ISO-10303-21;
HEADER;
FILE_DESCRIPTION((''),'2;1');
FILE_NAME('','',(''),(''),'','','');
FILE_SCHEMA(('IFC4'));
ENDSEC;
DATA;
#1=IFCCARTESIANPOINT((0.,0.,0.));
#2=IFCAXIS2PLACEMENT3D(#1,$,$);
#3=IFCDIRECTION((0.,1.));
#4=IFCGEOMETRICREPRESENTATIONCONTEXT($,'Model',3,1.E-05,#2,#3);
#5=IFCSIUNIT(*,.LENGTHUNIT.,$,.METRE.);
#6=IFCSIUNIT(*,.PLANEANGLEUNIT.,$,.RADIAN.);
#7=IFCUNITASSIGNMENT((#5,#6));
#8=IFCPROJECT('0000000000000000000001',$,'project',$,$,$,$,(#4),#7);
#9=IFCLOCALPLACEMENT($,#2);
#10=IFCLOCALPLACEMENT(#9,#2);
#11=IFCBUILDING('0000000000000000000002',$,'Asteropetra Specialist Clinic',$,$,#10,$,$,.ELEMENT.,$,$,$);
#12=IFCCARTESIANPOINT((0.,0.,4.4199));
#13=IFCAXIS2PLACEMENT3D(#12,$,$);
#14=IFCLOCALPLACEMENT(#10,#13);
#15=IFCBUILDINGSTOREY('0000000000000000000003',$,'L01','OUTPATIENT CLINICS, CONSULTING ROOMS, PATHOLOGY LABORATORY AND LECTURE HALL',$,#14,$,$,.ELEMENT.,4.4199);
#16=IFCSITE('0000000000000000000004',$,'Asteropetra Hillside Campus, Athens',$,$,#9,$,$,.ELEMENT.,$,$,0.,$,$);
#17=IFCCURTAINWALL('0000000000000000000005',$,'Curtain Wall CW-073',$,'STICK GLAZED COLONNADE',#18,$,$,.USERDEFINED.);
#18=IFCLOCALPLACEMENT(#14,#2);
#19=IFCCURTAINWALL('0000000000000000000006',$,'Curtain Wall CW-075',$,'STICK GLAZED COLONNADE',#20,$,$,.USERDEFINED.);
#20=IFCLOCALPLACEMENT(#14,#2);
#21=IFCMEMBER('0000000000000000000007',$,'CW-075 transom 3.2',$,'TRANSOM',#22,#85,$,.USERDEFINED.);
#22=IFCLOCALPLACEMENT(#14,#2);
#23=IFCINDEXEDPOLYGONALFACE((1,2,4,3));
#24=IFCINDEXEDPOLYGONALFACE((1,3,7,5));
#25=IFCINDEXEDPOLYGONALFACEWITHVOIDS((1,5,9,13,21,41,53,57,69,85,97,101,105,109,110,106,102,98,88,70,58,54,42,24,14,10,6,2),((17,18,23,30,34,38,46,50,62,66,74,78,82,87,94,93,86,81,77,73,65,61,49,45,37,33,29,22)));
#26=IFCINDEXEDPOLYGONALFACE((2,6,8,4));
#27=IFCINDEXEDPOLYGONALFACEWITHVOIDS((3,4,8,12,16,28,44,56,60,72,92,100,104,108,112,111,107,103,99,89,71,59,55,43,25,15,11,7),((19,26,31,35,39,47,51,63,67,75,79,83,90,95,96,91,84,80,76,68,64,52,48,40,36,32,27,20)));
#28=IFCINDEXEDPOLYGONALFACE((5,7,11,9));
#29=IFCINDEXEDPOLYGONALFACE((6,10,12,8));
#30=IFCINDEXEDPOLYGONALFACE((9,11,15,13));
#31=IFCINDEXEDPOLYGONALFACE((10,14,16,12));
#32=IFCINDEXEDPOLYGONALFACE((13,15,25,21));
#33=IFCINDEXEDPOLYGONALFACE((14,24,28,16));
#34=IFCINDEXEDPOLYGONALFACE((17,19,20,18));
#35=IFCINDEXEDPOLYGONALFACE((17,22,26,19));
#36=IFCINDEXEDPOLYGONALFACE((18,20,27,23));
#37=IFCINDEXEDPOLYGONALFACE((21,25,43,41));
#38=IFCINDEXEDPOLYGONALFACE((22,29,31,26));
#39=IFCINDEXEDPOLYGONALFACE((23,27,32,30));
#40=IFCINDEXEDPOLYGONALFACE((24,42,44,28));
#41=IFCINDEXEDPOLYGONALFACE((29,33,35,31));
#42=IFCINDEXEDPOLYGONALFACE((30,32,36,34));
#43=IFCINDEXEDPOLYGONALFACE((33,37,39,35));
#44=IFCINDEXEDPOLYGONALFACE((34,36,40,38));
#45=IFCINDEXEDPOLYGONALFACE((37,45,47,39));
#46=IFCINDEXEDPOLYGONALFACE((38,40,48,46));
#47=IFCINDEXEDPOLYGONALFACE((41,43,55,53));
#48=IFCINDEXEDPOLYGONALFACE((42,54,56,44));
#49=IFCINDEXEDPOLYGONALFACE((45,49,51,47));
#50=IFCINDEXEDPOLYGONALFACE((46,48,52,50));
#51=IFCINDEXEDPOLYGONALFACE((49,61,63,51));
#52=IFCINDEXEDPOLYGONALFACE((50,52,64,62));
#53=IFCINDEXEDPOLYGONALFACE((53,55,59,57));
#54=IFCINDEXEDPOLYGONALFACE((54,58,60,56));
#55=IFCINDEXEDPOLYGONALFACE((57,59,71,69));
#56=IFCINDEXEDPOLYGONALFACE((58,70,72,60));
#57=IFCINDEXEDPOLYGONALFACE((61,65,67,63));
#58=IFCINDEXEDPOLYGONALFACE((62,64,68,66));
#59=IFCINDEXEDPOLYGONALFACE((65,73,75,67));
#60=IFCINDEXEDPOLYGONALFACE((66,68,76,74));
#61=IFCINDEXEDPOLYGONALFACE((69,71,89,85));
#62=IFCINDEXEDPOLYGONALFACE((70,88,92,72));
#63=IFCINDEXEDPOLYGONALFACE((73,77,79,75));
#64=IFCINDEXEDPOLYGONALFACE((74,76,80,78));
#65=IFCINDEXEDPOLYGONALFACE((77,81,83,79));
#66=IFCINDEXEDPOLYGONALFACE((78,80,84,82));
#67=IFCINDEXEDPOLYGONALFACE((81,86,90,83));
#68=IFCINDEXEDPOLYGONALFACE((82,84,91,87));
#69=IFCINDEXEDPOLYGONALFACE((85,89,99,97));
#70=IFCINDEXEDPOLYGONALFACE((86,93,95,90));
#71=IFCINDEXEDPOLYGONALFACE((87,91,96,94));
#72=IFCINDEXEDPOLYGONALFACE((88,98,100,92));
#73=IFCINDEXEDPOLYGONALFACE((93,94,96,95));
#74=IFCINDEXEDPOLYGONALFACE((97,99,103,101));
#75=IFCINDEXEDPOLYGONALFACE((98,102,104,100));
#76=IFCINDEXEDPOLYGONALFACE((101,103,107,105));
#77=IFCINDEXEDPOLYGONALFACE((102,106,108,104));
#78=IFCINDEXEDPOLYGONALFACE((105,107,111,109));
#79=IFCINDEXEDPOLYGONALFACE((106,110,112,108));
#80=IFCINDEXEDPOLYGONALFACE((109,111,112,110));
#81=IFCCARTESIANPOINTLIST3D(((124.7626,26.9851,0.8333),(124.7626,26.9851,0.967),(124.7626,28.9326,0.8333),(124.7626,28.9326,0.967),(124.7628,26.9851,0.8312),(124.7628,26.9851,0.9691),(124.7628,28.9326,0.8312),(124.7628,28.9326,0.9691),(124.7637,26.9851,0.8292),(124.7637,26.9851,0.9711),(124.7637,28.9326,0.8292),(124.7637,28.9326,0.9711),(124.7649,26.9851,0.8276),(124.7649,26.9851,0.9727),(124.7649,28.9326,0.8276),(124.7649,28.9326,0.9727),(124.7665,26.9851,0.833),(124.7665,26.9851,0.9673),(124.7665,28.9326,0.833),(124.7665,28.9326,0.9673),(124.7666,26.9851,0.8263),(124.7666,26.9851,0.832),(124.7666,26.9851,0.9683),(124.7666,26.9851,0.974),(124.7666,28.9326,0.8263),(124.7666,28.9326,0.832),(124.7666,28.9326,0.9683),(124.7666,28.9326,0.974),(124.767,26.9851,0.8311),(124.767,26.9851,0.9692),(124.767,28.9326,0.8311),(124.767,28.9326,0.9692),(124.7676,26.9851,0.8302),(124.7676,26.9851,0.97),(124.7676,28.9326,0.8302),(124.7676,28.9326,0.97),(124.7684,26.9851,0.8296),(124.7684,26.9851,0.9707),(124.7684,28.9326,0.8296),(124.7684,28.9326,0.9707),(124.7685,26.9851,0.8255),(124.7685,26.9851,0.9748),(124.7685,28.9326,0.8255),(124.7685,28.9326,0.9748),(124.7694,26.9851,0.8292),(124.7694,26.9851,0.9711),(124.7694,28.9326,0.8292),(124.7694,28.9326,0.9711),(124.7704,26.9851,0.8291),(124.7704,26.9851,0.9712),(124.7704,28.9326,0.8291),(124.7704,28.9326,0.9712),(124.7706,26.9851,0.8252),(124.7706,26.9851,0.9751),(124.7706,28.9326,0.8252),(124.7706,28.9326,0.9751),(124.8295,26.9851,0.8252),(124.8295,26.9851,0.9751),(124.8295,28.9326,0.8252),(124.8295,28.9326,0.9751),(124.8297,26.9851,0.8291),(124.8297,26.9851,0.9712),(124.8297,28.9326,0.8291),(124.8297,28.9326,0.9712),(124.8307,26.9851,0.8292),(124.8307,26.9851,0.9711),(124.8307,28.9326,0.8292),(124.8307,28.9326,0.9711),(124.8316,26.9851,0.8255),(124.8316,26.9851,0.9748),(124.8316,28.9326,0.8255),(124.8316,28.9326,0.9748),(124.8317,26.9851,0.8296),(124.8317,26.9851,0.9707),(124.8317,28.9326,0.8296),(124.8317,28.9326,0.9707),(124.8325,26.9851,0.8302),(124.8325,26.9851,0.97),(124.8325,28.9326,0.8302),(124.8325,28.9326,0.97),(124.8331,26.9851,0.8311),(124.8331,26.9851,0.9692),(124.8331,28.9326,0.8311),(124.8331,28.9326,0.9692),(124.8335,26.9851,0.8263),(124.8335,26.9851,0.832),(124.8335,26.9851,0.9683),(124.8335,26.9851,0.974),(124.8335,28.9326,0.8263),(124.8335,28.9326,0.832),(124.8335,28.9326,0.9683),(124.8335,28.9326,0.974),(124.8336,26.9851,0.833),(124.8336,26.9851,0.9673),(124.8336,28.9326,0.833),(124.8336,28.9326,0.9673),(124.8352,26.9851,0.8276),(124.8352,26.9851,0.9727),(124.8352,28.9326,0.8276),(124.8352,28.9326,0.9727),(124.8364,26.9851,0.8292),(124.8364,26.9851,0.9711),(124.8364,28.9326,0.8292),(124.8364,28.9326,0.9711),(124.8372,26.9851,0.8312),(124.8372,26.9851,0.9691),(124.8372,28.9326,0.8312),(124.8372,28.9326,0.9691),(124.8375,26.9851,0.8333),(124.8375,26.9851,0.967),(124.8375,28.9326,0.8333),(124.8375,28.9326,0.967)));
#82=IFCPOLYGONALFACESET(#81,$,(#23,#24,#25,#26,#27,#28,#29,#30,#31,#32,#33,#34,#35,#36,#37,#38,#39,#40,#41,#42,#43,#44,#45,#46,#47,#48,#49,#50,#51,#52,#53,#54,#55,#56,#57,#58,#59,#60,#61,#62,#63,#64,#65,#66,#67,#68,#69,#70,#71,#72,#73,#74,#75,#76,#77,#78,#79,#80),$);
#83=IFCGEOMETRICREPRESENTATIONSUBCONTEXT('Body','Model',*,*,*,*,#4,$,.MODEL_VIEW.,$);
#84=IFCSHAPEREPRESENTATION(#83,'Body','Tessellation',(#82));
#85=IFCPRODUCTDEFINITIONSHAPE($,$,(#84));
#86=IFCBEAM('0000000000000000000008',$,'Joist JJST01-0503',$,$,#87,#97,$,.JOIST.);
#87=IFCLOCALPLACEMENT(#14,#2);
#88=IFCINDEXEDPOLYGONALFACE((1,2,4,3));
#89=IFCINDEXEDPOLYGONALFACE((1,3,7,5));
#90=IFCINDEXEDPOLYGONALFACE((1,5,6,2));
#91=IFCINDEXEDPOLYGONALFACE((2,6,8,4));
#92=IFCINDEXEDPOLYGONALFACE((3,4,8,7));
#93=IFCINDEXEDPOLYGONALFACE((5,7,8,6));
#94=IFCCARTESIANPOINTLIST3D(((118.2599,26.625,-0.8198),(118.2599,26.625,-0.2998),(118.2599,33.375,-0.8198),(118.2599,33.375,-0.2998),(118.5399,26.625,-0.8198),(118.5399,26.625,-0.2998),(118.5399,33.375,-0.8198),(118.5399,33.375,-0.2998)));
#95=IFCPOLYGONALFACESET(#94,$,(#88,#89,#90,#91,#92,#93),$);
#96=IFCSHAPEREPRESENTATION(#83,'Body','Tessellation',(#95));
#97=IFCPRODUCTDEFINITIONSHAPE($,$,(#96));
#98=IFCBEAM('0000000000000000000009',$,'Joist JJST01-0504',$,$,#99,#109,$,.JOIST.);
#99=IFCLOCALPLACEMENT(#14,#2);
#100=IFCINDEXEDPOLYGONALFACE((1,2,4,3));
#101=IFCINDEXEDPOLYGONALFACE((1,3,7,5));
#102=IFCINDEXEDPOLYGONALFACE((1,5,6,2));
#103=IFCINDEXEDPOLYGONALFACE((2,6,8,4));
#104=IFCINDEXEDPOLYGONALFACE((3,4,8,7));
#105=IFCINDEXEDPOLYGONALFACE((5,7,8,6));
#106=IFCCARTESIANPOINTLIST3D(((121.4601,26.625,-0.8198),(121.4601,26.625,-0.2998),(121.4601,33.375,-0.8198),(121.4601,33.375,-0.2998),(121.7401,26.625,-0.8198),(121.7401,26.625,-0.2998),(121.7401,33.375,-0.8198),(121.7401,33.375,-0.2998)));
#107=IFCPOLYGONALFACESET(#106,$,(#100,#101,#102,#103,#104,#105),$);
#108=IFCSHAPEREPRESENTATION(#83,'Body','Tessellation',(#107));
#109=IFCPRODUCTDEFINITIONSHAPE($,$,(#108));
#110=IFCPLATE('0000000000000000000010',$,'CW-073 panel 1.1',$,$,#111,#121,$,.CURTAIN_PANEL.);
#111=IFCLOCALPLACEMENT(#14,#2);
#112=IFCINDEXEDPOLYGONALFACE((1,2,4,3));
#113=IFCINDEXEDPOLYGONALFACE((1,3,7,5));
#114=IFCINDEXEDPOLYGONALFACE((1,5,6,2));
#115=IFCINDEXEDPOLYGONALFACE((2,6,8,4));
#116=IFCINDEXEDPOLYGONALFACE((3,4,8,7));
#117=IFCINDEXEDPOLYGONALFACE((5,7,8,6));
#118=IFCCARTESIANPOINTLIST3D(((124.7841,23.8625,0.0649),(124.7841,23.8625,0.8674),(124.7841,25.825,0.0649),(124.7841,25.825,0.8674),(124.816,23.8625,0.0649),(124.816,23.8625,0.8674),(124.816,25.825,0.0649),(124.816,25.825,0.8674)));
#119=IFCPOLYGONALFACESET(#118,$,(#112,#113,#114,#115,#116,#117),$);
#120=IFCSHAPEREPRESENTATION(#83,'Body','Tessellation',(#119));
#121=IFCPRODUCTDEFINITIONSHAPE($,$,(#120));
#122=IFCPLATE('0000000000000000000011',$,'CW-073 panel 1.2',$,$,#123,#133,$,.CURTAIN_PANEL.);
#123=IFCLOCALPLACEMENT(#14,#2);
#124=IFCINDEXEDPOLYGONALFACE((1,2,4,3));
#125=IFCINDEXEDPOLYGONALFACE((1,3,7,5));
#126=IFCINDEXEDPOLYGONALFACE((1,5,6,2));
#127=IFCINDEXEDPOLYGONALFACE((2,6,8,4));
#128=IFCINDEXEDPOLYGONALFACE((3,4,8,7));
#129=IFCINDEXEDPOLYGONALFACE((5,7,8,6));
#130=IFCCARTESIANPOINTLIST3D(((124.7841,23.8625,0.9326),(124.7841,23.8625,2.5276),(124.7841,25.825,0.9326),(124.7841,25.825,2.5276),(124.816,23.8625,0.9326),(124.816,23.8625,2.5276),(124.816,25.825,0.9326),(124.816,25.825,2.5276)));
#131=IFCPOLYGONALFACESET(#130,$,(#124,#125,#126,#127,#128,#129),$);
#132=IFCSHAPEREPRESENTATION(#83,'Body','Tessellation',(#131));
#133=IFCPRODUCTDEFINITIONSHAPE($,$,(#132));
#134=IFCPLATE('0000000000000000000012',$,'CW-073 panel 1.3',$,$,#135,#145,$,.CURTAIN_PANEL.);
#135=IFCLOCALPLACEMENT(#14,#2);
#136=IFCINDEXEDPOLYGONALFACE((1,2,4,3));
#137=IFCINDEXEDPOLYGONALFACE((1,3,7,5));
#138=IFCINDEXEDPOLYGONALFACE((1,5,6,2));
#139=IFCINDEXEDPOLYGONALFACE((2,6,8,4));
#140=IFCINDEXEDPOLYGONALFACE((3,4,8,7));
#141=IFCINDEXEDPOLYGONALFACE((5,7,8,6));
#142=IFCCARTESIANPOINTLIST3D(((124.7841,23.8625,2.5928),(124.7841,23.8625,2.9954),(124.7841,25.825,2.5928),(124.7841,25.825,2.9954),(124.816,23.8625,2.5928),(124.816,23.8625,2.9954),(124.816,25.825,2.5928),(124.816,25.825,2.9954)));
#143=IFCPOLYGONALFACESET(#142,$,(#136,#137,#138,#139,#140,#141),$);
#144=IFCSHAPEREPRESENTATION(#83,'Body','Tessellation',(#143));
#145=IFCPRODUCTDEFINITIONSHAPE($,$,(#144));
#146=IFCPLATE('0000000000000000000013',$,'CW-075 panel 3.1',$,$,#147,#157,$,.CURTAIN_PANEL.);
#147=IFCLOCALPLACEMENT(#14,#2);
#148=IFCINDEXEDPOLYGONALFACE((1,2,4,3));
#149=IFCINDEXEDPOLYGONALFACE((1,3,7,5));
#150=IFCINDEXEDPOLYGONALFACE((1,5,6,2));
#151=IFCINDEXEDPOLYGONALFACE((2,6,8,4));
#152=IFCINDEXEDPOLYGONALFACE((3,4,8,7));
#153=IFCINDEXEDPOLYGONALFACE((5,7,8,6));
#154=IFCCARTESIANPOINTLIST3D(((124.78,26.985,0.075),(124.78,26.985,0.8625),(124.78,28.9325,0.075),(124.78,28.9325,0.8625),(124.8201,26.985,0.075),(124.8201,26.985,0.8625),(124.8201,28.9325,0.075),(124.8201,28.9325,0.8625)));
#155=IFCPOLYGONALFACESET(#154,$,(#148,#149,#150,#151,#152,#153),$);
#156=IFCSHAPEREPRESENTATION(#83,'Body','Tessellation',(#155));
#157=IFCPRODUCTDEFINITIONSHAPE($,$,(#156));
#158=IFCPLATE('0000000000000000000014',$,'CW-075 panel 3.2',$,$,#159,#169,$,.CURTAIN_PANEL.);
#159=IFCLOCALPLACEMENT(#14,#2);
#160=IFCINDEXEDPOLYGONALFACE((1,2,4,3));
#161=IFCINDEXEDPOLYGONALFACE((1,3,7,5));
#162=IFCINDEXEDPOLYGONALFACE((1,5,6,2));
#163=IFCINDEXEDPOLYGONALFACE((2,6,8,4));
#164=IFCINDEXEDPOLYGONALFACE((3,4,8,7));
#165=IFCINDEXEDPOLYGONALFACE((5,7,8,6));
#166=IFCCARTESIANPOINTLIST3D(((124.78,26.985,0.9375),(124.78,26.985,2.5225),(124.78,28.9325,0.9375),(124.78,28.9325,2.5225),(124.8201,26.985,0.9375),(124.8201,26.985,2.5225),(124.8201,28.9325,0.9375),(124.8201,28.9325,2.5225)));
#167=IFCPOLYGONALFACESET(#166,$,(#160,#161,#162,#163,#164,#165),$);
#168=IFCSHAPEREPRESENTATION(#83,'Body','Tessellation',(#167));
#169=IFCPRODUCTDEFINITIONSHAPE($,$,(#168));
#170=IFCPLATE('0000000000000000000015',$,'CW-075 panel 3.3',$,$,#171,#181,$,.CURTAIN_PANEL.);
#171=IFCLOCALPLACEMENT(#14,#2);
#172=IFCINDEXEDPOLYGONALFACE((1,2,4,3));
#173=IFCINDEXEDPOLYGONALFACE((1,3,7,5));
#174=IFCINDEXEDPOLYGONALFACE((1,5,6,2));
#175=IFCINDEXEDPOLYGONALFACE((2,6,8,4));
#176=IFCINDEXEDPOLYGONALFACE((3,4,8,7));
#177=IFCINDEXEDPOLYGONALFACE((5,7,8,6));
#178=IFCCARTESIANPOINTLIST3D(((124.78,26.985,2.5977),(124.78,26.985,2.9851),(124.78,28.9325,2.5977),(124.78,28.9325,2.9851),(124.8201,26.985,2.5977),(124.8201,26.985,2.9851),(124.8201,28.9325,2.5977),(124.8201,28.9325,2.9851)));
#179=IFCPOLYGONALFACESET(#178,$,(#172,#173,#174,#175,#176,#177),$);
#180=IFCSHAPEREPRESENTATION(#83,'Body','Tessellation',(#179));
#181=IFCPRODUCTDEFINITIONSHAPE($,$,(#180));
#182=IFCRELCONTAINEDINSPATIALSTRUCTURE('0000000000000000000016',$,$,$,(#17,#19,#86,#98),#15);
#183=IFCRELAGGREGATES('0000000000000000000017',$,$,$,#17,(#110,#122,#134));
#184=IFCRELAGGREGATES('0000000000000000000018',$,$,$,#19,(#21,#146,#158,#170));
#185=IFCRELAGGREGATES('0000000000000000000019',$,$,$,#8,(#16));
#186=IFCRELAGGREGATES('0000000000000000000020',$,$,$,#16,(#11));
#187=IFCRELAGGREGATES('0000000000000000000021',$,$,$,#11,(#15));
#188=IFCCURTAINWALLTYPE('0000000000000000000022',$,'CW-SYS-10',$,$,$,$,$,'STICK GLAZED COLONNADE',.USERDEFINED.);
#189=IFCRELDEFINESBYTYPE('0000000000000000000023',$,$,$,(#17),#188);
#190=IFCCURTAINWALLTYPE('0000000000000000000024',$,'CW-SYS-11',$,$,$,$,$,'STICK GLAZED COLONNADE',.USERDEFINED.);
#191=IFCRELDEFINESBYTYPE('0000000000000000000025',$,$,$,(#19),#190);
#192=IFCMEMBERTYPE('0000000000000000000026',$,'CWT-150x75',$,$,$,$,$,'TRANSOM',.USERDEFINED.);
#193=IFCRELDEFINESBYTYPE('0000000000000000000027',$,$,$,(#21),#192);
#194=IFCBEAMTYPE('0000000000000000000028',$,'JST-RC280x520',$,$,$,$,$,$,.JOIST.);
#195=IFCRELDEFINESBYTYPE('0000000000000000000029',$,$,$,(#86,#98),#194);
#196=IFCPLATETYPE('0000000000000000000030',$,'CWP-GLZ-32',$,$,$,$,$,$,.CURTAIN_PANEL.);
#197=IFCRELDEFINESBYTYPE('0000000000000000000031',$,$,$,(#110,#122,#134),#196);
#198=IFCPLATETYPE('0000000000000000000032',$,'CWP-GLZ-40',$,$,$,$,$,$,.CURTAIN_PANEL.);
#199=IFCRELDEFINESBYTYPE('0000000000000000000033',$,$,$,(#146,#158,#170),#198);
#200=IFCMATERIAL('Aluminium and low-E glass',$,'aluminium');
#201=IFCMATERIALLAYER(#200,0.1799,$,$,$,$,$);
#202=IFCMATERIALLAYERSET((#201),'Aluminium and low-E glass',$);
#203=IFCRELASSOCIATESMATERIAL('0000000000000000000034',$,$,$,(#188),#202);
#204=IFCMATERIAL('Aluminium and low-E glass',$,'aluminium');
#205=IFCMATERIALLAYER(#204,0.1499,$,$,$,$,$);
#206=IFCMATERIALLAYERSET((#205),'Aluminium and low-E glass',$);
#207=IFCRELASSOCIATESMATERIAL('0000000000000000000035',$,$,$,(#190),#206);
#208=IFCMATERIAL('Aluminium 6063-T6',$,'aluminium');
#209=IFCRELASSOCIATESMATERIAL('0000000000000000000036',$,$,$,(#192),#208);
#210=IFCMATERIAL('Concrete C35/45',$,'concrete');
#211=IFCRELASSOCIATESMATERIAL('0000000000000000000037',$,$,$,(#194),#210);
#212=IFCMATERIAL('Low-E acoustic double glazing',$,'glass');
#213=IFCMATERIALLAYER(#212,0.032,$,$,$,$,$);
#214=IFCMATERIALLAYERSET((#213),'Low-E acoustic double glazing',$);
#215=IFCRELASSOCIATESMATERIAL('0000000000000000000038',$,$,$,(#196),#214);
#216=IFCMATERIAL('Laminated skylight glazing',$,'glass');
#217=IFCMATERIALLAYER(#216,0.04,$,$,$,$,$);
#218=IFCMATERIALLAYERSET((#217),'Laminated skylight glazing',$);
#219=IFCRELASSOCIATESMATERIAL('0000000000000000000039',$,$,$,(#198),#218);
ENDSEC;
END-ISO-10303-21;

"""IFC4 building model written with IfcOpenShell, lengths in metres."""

from ifc_helpers import new_model, si_unit, direction, frame, origin, origin_2d, place, context, subcontext, project, spatial, rectangle, hollow_rectangle, extrude, material, layer, layer_set, material_profile, profile_set, type_object, element, aggregate, save


model = new_model("IFC4")

# Units and contexts
model_context = context("Model", 3, precision=1e-05, world=origin(), true_north=direction((0.0, 1.0)))
body_context = subcontext(model_context, "Body", "Model", "MODEL_VIEW")
ifc_project = project(units=[si_unit("LENGTHUNIT", "METRE"), si_unit("PLANEANGLEUNIT", "RADIAN")], contexts=[model_context])

# Site, building, storey
site_placement = place(None, origin())
site = spatial("IfcSite", under=ifc_project, at=site_placement, Name="Asteropetra Hillside Campus, Athens", CompositionType="ELEMENT", RefElevation=0.0)
building_placement = place(site_placement, origin())
building = spatial("IfcBuilding", under=site, at=building_placement, Name="Asteropetra Specialist Clinic", CompositionType="ELEMENT")
storey_placement = place(building_placement, frame((0.0, 0.0, 4.4199)))
storey = spatial("IfcBuildingStorey", under=building, at=storey_placement, Name="L01", Description="OUTPATIENT CLINICS, CONSULTING ROOMS, PATHOLOGY LABORATORY AND LECTURE HALL", CompositionType="ELEMENT", Elevation=4.4199)

# Curtain wall
ifc_material_1 = material(Name="Aluminium and low-E glass", Category="aluminium")
ifc_layer_1 = layer(ifc_material_1, 0.1799)
ifc_layer_set_1 = layer_set([ifc_layer_1], Name="Aluminium and low-E glass")
curtain_wall_type_1 = type_object("IfcCurtainWallType", Name="CW-SYS-10", ElementType="STICK GLAZED COLONNADE", PredefinedType="USERDEFINED", material=ifc_layer_set_1)
curtain_wall_1_placement = place(storey_placement, origin())
curtain_wall_1 = element("IfcCurtainWall", 1, at=curtain_wall_1_placement, inside=storey, type_object=curtain_wall_type_1, Name="Curtain Wall CW-073", ObjectType="STICK GLAZED COLONNADE", PredefinedType="USERDEFINED")

# Curtain wall
ifc_material_2 = material(Name="Aluminium and low-E glass", Category="aluminium")
ifc_layer_2 = layer(ifc_material_2, 0.1499)
ifc_layer_set_2 = layer_set([ifc_layer_2], Name="Aluminium and low-E glass")
curtain_wall_type_2 = type_object("IfcCurtainWallType", Name="CW-SYS-11", ElementType="STICK GLAZED COLONNADE", PredefinedType="USERDEFINED", material=ifc_layer_set_2)
curtain_wall_2_placement = place(storey_placement, origin())
curtain_wall_2 = element("IfcCurtainWall", 2, at=curtain_wall_2_placement, inside=storey, type_object=curtain_wall_type_2, Name="Curtain Wall CW-075", ObjectType="STICK GLAZED COLONNADE", PredefinedType="USERDEFINED")

# Member
ifc_material_3 = material(Name="Aluminium 6063-T6", Category="aluminium")
ifc_material_profile_1 = material_profile(ifc_material_3, hollow_rectangle(XDim=0.075, YDim=0.1499, WallThickness=0.0039, InnerFilletRadius=0.0039, OuterFilletRadius=0.0081, at=origin_2d()), Name="TRN 150x75x4.0")
ifc_profile_set_1 = profile_set([ifc_material_profile_1], Name="Aluminium 6063-T6")
member_type_1 = type_object("IfcMemberType", Name="CWT-150x75", ElementType="TRANSOM", PredefinedType="USERDEFINED", material=ifc_profile_set_1)
member_1_placement = place(storey_placement, frame((124.8, 28.9326, 0.9001), z_axis=(0.0, -1.0, 0.0), x_axis=(1.0, 0.0, 0.0)))
member_1 = element("IfcMember", 3, at=member_1_placement, type_object=member_type_1, Name="CW-075 transom 3.2", ObjectType="TRANSOM", PredefinedType="USERDEFINED", context=body_context, shape_type="SweptSolid", body=[
    extrude(hollow_rectangle(XDim=0.075, YDim=0.1499, WallThickness=0.0039, InnerFilletRadius=0.0039, OuterFilletRadius=0.0081, at=origin_2d()), origin(), (0.0, 0.0, 1.0), 1.9475),
])

# Beams
ifc_material_4 = material(Name="Concrete C35/45", Category="concrete")
ifc_material_profile_2 = material_profile(ifc_material_4, rectangle(XDim=0.28, YDim=0.52, at=origin_2d()), Name="RCJ 280x520")
ifc_profile_set_2 = profile_set([ifc_material_profile_2], Name="Concrete C35/45")
beam_type = type_object("IfcBeamType", Name="JST-RC280x520", PredefinedType="JOIST", material=ifc_profile_set_2)
for number, where, z_axis, x_axis, name in (
    (4, (118.3999, 26.625, -0.5598), (0.0, 1.0, 0.0), (-1.0, 0.0, 0.0), "Joist JJST01-0503"),
    (5, (121.6001, 26.625, -0.5598), (0.0, 1.0, 0.0), (-1.0, 0.0, 0.0), "Joist JJST01-0504"),
):
    element("IfcBeam", number, at=place(storey_placement, frame(where, z_axis=z_axis, x_axis=x_axis)), inside=storey, type_object=beam_type, Name=name, PredefinedType="JOIST", context=body_context, shape_type="SweptSolid", body=[
        extrude(rectangle(XDim=0.28, YDim=0.52, at=origin_2d()), origin(), (0.0, 0.0, 1.0), 6.75),
    ])

# Plates
ifc_material_5 = material(Name="Low-E acoustic double glazing", Category="glass")
ifc_layer_3 = layer(ifc_material_5, 0.032)
ifc_layer_set_3 = layer_set([ifc_layer_3], Name="Low-E acoustic double glazing")
plate_type_1 = type_object("IfcPlateType", Name="CWP-GLZ-32", PredefinedType="CURTAIN_PANEL", material=ifc_layer_set_3)
plate_1_placement = place(storey_placement, frame((124.8, 24.8438, 0.0649), z_axis=(0.0, 0.0, 1.0), x_axis=(0.0, -1.0, 0.0)))
plate_1 = element("IfcPlate", 6, at=plate_1_placement, type_object=plate_type_1, Name="CW-073 panel 1.1", PredefinedType="CURTAIN_PANEL", context=body_context, shape_type="SweptSolid", body=[
    extrude(rectangle(XDim=1.9624, YDim=0.032, at=origin_2d()), origin(), (0.0, 0.0, 1.0), 0.8025),
])
plate_2_placement = place(storey_placement, frame((124.8, 24.8438, 0.9326), z_axis=(0.0, 0.0, 1.0), x_axis=(0.0, -1.0, 0.0)))
plate_2 = element("IfcPlate", 7, at=plate_2_placement, type_object=plate_type_1, Name="CW-073 panel 1.2", PredefinedType="CURTAIN_PANEL", context=body_context, shape_type="SweptSolid", body=[
    extrude(rectangle(XDim=1.9624, YDim=0.032, at=origin_2d()), origin(), (0.0, 0.0, 1.0), 1.595),
])
plate_3_placement = place(storey_placement, frame((124.8, 24.8438, 2.5928), z_axis=(0.0, 0.0, 1.0), x_axis=(0.0, -1.0, 0.0)))
plate_3 = element("IfcPlate", 8, at=plate_3_placement, type_object=plate_type_1, Name="CW-073 panel 1.3", PredefinedType="CURTAIN_PANEL", context=body_context, shape_type="SweptSolid", body=[
    extrude(rectangle(XDim=1.9624, YDim=0.032, at=origin_2d()), origin(), (0.0, 0.0, 1.0), 0.4026),
])
aggregate(curtain_wall_1, [plate_1, plate_2, plate_3])
ifc_material_6 = material(Name="Laminated skylight glazing", Category="glass")
ifc_layer_4 = layer(ifc_material_6, 0.04)
ifc_layer_set_4 = layer_set([ifc_layer_4], Name="Laminated skylight glazing")
plate_type_2 = type_object("IfcPlateType", Name="CWP-GLZ-40", PredefinedType="CURTAIN_PANEL", material=ifc_layer_set_4)
plate_4_placement = place(storey_placement, frame((124.8, 27.9587, 0.075), z_axis=(0.0, 0.0, 1.0), x_axis=(0.0, -1.0, 0.0)))
plate_4 = element("IfcPlate", 9, at=plate_4_placement, type_object=plate_type_2, Name="CW-075 panel 3.1", PredefinedType="CURTAIN_PANEL", context=body_context, shape_type="SweptSolid", body=[
    extrude(rectangle(XDim=1.9475, YDim=0.04, at=origin_2d()), origin(), (0.0, 0.0, 1.0), 0.7876),
])
plate_5_placement = place(storey_placement, frame((124.8, 27.9587, 0.9375), z_axis=(0.0, 0.0, 1.0), x_axis=(0.0, -1.0, 0.0)))
plate_5 = element("IfcPlate", 10, at=plate_5_placement, type_object=plate_type_2, Name="CW-075 panel 3.2", PredefinedType="CURTAIN_PANEL", context=body_context, shape_type="SweptSolid", body=[
    extrude(rectangle(XDim=1.9475, YDim=0.04, at=origin_2d()), origin(), (0.0, 0.0, 1.0), 1.585),
])
plate_6_placement = place(storey_placement, frame((124.8, 27.9587, 2.5977), z_axis=(0.0, 0.0, 1.0), x_axis=(0.0, -1.0, 0.0)))
plate_6 = element("IfcPlate", 11, at=plate_6_placement, type_object=plate_type_2, Name="CW-075 panel 3.3", PredefinedType="CURTAIN_PANEL", context=body_context, shape_type="SweptSolid", body=[
    extrude(rectangle(XDim=1.9475, YDim=0.04, at=origin_2d()), origin(), (0.0, 0.0, 1.0), 0.3875),
])
aggregate(curtain_wall_2, [member_1, plate_4, plate_5, plate_6])

save(model, "model.ifc")
